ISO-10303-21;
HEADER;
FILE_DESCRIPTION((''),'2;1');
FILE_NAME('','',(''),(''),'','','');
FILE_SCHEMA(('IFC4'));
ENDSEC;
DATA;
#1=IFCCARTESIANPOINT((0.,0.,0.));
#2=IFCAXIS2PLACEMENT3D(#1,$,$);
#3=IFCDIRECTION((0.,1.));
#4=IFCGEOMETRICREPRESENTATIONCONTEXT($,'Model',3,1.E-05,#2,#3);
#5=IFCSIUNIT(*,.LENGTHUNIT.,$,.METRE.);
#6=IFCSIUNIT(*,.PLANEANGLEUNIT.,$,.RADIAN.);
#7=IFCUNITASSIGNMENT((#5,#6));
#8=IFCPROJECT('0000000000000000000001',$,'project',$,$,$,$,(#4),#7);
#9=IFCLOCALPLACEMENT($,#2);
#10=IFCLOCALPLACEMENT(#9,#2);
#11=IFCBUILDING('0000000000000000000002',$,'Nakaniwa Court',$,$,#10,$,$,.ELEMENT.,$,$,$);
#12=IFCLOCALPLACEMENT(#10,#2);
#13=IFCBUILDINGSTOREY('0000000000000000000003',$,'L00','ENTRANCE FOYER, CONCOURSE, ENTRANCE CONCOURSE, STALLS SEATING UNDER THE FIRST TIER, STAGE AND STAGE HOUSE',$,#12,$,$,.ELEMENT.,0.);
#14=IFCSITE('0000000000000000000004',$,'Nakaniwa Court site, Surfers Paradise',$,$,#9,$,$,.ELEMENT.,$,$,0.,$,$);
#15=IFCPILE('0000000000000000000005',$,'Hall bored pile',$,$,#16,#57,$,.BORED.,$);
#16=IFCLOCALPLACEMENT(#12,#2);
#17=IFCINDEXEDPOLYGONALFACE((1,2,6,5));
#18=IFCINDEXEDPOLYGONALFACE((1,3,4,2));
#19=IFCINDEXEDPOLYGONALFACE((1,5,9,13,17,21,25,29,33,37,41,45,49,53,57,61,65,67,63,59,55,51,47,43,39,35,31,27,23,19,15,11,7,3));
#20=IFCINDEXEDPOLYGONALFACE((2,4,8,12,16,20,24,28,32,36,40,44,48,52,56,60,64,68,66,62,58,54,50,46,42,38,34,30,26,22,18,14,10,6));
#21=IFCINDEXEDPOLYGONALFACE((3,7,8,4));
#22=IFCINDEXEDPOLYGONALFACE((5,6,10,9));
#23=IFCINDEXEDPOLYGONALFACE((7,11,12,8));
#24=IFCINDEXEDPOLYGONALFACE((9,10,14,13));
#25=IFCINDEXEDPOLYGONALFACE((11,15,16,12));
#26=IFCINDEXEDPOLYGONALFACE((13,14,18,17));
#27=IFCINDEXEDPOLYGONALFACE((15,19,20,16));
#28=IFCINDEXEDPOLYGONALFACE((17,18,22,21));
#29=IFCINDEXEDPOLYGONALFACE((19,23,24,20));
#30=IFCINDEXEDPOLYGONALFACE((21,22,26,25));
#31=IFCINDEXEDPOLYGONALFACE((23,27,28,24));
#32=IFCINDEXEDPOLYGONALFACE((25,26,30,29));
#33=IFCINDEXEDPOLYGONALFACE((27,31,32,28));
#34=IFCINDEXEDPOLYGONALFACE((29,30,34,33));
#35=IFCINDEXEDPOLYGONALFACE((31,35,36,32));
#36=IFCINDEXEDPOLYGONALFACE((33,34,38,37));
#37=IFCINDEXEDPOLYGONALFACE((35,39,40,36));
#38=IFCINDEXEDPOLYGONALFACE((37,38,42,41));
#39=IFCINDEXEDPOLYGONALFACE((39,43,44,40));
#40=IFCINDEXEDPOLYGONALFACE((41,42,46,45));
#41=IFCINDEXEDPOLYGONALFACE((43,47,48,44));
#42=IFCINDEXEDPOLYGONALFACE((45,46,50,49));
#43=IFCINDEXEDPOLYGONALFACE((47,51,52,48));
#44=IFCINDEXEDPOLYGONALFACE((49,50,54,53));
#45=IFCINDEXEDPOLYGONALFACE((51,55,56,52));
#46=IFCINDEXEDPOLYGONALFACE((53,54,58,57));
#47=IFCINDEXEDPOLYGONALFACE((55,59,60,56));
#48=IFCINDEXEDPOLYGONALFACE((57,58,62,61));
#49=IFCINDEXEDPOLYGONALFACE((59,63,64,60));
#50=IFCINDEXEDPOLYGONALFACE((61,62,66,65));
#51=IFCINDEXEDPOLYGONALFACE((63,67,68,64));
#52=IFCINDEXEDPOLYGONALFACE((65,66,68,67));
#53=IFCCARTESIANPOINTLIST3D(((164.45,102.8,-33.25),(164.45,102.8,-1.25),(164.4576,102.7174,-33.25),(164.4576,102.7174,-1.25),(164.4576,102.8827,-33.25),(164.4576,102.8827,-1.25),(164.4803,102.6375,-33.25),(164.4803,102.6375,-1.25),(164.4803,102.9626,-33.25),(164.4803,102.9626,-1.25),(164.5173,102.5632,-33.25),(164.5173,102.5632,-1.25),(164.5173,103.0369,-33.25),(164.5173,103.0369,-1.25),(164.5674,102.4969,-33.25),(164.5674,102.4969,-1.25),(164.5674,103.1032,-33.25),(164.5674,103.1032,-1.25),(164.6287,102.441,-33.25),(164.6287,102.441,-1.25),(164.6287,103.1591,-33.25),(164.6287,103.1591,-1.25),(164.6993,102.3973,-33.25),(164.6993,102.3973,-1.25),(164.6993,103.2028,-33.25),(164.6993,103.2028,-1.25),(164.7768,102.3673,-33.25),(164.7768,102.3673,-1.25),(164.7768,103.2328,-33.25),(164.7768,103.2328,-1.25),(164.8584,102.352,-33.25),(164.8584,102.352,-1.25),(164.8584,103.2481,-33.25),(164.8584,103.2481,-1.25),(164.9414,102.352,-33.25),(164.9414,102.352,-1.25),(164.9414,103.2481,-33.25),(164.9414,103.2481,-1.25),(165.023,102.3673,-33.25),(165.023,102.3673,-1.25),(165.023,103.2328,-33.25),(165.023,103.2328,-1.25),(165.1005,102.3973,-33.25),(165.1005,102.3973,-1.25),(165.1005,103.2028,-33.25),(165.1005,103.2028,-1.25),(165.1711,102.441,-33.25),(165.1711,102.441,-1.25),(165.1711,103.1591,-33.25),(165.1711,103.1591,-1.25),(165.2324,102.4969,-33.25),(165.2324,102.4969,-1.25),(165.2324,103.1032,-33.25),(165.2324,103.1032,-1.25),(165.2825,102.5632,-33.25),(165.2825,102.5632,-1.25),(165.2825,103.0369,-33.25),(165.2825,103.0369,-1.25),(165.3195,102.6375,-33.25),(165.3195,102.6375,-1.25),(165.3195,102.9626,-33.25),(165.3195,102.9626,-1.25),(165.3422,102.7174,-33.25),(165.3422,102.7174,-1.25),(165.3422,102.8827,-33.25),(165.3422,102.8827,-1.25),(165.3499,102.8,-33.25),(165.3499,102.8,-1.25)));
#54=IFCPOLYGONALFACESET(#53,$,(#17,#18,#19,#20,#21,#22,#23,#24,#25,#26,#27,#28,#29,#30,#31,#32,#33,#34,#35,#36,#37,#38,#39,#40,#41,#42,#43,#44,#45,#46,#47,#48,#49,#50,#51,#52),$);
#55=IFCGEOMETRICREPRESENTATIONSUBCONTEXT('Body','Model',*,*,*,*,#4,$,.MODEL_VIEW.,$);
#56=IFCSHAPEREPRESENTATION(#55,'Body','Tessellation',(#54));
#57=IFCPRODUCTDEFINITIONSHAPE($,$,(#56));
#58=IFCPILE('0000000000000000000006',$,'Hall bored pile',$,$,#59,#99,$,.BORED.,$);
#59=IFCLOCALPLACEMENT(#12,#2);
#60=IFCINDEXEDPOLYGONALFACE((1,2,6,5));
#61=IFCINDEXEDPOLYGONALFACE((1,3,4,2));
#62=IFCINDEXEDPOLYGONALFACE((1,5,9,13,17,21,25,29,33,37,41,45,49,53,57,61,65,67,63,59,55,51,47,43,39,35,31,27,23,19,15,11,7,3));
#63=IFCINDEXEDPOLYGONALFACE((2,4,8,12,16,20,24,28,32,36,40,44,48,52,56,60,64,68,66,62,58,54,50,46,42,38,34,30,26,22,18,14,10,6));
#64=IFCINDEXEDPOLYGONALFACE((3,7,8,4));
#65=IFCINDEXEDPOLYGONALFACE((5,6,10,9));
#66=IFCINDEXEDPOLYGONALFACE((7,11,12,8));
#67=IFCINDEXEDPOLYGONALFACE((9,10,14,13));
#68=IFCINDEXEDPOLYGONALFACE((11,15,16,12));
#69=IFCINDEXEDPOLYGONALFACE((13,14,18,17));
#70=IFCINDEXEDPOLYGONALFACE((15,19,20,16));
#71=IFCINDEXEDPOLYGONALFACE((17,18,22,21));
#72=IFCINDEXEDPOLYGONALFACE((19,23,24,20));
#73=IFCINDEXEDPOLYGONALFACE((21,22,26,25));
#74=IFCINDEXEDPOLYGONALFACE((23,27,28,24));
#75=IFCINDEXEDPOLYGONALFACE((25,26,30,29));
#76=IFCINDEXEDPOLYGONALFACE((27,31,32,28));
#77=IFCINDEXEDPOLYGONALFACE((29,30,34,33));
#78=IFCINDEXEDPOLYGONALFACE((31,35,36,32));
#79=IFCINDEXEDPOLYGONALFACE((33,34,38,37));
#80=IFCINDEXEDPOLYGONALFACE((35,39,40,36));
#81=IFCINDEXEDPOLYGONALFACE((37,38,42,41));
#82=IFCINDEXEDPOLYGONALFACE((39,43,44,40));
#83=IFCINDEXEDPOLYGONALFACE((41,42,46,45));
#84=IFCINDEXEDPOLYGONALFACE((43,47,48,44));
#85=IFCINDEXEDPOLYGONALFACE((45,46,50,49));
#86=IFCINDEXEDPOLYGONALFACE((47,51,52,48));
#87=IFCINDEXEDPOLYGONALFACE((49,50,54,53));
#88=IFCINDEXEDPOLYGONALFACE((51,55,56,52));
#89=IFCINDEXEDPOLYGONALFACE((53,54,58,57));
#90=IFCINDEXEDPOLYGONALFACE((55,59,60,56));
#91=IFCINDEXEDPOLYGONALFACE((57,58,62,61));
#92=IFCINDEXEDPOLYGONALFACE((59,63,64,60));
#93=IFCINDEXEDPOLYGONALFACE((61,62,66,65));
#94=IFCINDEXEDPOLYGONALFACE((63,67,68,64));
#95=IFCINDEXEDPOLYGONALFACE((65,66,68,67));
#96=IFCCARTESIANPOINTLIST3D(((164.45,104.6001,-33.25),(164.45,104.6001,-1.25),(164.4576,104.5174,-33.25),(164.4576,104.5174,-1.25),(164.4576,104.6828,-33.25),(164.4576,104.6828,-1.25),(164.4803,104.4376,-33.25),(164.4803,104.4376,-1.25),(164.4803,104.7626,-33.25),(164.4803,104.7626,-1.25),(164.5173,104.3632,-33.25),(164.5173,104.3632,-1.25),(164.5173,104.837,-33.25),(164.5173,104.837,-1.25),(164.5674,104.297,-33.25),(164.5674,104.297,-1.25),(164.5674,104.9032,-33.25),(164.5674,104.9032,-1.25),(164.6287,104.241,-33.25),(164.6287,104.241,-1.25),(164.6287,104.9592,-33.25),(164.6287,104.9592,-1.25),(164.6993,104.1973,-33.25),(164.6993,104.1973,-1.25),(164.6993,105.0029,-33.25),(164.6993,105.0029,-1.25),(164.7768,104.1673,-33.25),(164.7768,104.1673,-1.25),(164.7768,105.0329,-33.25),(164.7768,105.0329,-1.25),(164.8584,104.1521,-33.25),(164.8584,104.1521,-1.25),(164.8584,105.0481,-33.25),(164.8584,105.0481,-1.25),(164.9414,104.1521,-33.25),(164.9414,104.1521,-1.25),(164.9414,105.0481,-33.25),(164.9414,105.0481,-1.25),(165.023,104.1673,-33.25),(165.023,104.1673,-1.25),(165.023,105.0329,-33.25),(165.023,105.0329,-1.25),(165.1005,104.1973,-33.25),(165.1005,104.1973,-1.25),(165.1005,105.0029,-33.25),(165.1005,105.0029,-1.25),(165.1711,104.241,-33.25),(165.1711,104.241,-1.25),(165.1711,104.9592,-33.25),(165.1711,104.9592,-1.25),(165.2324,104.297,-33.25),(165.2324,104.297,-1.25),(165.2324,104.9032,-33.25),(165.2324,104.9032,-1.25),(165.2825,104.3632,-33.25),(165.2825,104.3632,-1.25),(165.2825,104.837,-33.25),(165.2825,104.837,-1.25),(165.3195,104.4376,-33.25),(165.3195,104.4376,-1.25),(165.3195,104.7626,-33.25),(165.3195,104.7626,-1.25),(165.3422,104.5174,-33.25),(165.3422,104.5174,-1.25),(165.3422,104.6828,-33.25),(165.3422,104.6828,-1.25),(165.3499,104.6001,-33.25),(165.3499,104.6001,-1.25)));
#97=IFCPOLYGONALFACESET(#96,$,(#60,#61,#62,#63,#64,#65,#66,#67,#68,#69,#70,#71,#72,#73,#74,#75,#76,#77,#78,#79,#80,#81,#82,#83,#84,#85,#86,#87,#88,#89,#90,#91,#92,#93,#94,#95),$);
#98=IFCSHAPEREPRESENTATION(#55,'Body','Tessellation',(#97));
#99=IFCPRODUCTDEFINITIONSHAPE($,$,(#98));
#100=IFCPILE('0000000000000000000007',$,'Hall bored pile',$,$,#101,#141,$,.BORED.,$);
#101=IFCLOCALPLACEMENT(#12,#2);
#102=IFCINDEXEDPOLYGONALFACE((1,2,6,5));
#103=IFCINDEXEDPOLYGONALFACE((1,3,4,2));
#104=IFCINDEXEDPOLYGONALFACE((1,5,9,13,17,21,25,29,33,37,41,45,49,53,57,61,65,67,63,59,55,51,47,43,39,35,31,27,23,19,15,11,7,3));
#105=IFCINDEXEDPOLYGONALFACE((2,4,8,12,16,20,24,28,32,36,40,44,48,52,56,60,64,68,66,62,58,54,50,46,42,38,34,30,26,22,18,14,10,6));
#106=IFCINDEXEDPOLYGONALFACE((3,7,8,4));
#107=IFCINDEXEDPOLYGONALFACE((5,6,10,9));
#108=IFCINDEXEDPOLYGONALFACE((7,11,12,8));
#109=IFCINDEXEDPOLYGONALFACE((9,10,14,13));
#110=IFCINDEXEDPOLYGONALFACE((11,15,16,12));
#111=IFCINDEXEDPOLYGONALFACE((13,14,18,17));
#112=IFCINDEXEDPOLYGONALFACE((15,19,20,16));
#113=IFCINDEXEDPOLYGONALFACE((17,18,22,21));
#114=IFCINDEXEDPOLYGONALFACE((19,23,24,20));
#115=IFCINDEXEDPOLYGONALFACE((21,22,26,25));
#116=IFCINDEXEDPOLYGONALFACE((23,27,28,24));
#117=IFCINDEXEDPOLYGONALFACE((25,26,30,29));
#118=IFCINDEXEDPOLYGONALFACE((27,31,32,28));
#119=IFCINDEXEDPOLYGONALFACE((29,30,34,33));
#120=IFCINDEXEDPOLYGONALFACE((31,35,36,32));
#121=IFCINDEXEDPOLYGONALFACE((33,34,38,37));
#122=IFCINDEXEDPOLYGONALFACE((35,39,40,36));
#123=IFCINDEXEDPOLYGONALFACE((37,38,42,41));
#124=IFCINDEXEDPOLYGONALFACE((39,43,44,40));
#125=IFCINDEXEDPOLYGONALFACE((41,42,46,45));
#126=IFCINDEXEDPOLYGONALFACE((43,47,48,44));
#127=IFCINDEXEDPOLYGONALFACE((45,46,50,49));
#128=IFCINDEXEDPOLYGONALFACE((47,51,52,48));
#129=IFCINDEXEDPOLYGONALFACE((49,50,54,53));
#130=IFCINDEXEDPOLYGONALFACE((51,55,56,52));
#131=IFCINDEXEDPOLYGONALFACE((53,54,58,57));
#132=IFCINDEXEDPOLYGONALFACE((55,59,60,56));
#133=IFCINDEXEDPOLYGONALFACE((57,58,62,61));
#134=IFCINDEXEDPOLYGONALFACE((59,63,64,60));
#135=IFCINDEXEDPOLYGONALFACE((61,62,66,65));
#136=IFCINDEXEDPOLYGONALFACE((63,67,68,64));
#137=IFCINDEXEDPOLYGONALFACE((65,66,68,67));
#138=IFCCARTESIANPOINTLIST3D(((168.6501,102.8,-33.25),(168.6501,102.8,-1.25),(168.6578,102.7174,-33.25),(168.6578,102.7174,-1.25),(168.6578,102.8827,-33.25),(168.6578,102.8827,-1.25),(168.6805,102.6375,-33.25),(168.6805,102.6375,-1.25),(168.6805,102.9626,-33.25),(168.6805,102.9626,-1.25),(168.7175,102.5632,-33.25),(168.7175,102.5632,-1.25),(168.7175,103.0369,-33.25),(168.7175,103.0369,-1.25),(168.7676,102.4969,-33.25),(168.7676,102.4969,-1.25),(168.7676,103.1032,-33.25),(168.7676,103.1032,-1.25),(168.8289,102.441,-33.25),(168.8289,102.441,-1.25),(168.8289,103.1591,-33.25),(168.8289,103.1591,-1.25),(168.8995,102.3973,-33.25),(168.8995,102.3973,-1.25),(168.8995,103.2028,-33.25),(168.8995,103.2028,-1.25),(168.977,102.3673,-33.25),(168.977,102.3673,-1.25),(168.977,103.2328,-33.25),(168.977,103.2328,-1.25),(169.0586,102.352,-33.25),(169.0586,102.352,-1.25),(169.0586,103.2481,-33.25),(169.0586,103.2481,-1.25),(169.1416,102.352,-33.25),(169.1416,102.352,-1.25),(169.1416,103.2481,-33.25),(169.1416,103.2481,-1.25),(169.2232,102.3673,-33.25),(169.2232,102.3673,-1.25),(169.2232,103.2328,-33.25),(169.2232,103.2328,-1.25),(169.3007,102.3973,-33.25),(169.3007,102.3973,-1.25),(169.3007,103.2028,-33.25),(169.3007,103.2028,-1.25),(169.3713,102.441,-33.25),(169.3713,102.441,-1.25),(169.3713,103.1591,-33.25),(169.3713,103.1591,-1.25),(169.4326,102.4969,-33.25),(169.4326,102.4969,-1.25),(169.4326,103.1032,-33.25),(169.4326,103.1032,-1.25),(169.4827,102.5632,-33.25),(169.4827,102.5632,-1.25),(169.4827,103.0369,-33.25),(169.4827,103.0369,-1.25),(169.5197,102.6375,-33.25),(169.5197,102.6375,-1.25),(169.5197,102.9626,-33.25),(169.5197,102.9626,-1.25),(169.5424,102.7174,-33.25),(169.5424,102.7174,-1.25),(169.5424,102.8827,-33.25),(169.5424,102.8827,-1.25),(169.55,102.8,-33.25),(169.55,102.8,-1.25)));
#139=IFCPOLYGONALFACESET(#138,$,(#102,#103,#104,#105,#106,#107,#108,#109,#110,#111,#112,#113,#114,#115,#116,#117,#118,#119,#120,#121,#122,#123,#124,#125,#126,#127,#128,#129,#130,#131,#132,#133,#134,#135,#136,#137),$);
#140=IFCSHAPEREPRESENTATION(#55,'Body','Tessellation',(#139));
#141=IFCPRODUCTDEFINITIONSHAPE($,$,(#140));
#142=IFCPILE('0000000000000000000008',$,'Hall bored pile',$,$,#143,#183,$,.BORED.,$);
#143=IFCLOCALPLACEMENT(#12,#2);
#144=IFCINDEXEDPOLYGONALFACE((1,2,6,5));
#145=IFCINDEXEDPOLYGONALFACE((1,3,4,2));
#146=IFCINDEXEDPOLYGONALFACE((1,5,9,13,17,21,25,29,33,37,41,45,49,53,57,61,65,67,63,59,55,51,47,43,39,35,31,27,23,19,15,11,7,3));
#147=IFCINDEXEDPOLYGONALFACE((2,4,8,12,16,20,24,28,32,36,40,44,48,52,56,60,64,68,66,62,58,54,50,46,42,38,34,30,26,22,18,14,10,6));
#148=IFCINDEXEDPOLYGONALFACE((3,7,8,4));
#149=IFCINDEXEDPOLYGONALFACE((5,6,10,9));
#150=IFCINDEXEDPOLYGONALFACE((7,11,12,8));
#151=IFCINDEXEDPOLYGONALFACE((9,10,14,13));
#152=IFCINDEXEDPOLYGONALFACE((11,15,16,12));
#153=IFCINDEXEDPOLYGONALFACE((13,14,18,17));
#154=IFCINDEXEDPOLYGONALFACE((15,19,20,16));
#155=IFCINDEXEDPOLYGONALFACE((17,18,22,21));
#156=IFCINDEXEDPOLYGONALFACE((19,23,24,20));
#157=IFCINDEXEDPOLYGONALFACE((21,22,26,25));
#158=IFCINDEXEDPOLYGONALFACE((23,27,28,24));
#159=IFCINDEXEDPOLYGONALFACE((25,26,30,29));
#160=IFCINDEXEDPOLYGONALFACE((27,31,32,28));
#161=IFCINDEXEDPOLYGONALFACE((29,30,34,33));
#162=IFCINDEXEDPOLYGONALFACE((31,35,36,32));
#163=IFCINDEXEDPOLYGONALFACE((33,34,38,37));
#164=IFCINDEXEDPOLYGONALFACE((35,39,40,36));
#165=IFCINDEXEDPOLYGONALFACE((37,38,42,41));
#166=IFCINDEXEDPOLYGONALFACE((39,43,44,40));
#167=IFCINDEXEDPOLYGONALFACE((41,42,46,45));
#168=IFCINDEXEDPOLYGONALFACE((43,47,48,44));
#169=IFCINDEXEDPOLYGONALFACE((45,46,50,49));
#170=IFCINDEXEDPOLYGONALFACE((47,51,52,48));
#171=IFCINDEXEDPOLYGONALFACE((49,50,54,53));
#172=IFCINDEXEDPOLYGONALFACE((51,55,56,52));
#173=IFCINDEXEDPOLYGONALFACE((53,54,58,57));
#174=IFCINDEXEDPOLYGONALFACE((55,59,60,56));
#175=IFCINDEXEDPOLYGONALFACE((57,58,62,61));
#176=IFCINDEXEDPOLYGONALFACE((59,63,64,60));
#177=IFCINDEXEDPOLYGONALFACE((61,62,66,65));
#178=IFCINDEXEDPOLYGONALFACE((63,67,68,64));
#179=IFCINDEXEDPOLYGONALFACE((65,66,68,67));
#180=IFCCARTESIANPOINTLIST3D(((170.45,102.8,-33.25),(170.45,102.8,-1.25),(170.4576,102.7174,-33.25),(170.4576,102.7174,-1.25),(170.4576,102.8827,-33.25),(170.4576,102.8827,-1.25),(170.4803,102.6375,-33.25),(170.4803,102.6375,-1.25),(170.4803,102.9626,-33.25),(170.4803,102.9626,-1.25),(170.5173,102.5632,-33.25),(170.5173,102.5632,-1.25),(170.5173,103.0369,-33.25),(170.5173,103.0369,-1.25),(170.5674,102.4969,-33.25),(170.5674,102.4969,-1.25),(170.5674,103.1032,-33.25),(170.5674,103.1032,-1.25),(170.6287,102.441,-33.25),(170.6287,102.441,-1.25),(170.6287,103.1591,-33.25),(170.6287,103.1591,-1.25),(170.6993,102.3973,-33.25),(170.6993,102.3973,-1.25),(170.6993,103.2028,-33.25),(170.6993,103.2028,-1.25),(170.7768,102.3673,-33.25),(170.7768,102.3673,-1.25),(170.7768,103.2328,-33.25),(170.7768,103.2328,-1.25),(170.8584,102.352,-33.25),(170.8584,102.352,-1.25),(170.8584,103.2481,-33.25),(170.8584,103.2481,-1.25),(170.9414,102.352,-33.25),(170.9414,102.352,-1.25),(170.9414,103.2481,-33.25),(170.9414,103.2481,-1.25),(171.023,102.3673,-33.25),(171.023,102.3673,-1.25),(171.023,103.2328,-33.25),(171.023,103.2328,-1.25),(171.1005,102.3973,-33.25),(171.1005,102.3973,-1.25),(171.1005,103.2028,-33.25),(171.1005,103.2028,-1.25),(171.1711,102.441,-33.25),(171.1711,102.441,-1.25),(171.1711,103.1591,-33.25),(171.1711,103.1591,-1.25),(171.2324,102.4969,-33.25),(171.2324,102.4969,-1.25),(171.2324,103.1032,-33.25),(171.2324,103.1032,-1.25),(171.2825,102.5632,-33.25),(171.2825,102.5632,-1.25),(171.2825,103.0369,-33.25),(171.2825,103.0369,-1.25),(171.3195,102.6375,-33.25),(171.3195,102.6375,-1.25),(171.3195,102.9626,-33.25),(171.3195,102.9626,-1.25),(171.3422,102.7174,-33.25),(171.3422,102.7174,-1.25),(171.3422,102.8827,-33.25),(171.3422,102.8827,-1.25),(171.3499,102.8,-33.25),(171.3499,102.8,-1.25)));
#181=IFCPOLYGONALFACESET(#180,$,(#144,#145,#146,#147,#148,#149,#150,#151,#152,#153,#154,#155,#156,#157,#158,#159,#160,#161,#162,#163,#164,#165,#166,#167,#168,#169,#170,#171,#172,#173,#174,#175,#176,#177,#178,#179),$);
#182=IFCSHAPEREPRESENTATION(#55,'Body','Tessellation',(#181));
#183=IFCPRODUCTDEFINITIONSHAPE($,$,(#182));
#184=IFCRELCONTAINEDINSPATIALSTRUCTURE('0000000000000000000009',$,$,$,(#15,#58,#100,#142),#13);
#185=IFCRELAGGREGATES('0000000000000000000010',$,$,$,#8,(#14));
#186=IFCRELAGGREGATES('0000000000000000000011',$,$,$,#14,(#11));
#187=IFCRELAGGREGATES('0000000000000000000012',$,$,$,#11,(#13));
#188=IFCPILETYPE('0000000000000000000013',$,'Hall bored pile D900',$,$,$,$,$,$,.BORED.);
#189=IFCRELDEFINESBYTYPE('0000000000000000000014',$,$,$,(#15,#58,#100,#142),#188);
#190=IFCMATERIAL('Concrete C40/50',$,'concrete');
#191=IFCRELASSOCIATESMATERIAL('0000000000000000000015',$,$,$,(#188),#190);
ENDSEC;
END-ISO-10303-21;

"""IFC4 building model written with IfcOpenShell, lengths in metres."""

from ifc_helpers import new_model, si_unit, direction, frame, origin, origin_2d, place, context, subcontext, project, spatial, circle, extrude, material, material_profile, profile_set, type_object, element, save


model = new_model("IFC4")

# Units and contexts
model_context = context("Model", 3, precision=1e-05, world=origin(), true_north=direction((0.0, 1.0)))
body_context = subcontext(model_context, "Body", "Model", "MODEL_VIEW")
ifc_project = project(units=[si_unit("LENGTHUNIT", "METRE"), si_unit("PLANEANGLEUNIT", "RADIAN")], contexts=[model_context])

# Site, building, storey
site_placement = place(None, origin())
site = spatial("IfcSite", under=ifc_project, at=site_placement, Name="Nakaniwa Court site, Surfers Paradise", CompositionType="ELEMENT", RefElevation=0.0)
building_placement = place(site_placement, origin())
building = spatial("IfcBuilding", under=site, at=building_placement, Name="Nakaniwa Court", CompositionType="ELEMENT")
storey_placement = place(building_placement, origin())
storey = spatial("IfcBuildingStorey", under=building, at=storey_placement, Name="L00", Description="ENTRANCE FOYER, CONCOURSE, ENTRANCE CONCOURSE, STALLS SEATING UNDER THE FIRST TIER, STAGE AND STAGE HOUSE", CompositionType="ELEMENT", Elevation=0.0)

# Piles
ifc_material_1 = material(Name="Concrete C40/50", Category="concrete")
ifc_material_profile_1 = material_profile(ifc_material_1, circle(Radius=0.45, at=origin_2d()), Name="Bored pile D900")
ifc_profile_set_1 = profile_set([ifc_material_profile_1], Name="Concrete C40/50")
pile_type = type_object("IfcPileType", Name="Hall bored pile D900", PredefinedType="BORED", material=ifc_profile_set_1)
for number, where, z_axis, x_axis, name in (
    (1, (164.8999, 102.8, -1.25), (0.0, 0.0, -1.0), (1.0, 0.0, 0.0), "Hall bored pile"),
    (2, (164.8999, 104.6001, -1.25), (0.0, 0.0, -1.0), (1.0, 0.0, 0.0), "Hall bored pile"),
    (3, (169.1001, 102.8, -1.25), (0.0, 0.0, -1.0), (1.0, 0.0, 0.0), "Hall bored pile"),
    (4, (170.8999, 102.8, -1.25), (0.0, 0.0, -1.0), (1.0, 0.0, 0.0), "Hall bored pile"),
):
    element("IfcPile", number, at=place(storey_placement, frame(where, z_axis=z_axis, x_axis=x_axis)), inside=storey, type_object=pile_type, Name=name, PredefinedType="BORED", context=body_context, shape_type="SweptSolid", body=[
        extrude(circle(Radius=0.45, at=origin_2d()), origin(), (0.0, 0.0, 1.0), 32.0),
    ])

save(model, "model.ifc")
